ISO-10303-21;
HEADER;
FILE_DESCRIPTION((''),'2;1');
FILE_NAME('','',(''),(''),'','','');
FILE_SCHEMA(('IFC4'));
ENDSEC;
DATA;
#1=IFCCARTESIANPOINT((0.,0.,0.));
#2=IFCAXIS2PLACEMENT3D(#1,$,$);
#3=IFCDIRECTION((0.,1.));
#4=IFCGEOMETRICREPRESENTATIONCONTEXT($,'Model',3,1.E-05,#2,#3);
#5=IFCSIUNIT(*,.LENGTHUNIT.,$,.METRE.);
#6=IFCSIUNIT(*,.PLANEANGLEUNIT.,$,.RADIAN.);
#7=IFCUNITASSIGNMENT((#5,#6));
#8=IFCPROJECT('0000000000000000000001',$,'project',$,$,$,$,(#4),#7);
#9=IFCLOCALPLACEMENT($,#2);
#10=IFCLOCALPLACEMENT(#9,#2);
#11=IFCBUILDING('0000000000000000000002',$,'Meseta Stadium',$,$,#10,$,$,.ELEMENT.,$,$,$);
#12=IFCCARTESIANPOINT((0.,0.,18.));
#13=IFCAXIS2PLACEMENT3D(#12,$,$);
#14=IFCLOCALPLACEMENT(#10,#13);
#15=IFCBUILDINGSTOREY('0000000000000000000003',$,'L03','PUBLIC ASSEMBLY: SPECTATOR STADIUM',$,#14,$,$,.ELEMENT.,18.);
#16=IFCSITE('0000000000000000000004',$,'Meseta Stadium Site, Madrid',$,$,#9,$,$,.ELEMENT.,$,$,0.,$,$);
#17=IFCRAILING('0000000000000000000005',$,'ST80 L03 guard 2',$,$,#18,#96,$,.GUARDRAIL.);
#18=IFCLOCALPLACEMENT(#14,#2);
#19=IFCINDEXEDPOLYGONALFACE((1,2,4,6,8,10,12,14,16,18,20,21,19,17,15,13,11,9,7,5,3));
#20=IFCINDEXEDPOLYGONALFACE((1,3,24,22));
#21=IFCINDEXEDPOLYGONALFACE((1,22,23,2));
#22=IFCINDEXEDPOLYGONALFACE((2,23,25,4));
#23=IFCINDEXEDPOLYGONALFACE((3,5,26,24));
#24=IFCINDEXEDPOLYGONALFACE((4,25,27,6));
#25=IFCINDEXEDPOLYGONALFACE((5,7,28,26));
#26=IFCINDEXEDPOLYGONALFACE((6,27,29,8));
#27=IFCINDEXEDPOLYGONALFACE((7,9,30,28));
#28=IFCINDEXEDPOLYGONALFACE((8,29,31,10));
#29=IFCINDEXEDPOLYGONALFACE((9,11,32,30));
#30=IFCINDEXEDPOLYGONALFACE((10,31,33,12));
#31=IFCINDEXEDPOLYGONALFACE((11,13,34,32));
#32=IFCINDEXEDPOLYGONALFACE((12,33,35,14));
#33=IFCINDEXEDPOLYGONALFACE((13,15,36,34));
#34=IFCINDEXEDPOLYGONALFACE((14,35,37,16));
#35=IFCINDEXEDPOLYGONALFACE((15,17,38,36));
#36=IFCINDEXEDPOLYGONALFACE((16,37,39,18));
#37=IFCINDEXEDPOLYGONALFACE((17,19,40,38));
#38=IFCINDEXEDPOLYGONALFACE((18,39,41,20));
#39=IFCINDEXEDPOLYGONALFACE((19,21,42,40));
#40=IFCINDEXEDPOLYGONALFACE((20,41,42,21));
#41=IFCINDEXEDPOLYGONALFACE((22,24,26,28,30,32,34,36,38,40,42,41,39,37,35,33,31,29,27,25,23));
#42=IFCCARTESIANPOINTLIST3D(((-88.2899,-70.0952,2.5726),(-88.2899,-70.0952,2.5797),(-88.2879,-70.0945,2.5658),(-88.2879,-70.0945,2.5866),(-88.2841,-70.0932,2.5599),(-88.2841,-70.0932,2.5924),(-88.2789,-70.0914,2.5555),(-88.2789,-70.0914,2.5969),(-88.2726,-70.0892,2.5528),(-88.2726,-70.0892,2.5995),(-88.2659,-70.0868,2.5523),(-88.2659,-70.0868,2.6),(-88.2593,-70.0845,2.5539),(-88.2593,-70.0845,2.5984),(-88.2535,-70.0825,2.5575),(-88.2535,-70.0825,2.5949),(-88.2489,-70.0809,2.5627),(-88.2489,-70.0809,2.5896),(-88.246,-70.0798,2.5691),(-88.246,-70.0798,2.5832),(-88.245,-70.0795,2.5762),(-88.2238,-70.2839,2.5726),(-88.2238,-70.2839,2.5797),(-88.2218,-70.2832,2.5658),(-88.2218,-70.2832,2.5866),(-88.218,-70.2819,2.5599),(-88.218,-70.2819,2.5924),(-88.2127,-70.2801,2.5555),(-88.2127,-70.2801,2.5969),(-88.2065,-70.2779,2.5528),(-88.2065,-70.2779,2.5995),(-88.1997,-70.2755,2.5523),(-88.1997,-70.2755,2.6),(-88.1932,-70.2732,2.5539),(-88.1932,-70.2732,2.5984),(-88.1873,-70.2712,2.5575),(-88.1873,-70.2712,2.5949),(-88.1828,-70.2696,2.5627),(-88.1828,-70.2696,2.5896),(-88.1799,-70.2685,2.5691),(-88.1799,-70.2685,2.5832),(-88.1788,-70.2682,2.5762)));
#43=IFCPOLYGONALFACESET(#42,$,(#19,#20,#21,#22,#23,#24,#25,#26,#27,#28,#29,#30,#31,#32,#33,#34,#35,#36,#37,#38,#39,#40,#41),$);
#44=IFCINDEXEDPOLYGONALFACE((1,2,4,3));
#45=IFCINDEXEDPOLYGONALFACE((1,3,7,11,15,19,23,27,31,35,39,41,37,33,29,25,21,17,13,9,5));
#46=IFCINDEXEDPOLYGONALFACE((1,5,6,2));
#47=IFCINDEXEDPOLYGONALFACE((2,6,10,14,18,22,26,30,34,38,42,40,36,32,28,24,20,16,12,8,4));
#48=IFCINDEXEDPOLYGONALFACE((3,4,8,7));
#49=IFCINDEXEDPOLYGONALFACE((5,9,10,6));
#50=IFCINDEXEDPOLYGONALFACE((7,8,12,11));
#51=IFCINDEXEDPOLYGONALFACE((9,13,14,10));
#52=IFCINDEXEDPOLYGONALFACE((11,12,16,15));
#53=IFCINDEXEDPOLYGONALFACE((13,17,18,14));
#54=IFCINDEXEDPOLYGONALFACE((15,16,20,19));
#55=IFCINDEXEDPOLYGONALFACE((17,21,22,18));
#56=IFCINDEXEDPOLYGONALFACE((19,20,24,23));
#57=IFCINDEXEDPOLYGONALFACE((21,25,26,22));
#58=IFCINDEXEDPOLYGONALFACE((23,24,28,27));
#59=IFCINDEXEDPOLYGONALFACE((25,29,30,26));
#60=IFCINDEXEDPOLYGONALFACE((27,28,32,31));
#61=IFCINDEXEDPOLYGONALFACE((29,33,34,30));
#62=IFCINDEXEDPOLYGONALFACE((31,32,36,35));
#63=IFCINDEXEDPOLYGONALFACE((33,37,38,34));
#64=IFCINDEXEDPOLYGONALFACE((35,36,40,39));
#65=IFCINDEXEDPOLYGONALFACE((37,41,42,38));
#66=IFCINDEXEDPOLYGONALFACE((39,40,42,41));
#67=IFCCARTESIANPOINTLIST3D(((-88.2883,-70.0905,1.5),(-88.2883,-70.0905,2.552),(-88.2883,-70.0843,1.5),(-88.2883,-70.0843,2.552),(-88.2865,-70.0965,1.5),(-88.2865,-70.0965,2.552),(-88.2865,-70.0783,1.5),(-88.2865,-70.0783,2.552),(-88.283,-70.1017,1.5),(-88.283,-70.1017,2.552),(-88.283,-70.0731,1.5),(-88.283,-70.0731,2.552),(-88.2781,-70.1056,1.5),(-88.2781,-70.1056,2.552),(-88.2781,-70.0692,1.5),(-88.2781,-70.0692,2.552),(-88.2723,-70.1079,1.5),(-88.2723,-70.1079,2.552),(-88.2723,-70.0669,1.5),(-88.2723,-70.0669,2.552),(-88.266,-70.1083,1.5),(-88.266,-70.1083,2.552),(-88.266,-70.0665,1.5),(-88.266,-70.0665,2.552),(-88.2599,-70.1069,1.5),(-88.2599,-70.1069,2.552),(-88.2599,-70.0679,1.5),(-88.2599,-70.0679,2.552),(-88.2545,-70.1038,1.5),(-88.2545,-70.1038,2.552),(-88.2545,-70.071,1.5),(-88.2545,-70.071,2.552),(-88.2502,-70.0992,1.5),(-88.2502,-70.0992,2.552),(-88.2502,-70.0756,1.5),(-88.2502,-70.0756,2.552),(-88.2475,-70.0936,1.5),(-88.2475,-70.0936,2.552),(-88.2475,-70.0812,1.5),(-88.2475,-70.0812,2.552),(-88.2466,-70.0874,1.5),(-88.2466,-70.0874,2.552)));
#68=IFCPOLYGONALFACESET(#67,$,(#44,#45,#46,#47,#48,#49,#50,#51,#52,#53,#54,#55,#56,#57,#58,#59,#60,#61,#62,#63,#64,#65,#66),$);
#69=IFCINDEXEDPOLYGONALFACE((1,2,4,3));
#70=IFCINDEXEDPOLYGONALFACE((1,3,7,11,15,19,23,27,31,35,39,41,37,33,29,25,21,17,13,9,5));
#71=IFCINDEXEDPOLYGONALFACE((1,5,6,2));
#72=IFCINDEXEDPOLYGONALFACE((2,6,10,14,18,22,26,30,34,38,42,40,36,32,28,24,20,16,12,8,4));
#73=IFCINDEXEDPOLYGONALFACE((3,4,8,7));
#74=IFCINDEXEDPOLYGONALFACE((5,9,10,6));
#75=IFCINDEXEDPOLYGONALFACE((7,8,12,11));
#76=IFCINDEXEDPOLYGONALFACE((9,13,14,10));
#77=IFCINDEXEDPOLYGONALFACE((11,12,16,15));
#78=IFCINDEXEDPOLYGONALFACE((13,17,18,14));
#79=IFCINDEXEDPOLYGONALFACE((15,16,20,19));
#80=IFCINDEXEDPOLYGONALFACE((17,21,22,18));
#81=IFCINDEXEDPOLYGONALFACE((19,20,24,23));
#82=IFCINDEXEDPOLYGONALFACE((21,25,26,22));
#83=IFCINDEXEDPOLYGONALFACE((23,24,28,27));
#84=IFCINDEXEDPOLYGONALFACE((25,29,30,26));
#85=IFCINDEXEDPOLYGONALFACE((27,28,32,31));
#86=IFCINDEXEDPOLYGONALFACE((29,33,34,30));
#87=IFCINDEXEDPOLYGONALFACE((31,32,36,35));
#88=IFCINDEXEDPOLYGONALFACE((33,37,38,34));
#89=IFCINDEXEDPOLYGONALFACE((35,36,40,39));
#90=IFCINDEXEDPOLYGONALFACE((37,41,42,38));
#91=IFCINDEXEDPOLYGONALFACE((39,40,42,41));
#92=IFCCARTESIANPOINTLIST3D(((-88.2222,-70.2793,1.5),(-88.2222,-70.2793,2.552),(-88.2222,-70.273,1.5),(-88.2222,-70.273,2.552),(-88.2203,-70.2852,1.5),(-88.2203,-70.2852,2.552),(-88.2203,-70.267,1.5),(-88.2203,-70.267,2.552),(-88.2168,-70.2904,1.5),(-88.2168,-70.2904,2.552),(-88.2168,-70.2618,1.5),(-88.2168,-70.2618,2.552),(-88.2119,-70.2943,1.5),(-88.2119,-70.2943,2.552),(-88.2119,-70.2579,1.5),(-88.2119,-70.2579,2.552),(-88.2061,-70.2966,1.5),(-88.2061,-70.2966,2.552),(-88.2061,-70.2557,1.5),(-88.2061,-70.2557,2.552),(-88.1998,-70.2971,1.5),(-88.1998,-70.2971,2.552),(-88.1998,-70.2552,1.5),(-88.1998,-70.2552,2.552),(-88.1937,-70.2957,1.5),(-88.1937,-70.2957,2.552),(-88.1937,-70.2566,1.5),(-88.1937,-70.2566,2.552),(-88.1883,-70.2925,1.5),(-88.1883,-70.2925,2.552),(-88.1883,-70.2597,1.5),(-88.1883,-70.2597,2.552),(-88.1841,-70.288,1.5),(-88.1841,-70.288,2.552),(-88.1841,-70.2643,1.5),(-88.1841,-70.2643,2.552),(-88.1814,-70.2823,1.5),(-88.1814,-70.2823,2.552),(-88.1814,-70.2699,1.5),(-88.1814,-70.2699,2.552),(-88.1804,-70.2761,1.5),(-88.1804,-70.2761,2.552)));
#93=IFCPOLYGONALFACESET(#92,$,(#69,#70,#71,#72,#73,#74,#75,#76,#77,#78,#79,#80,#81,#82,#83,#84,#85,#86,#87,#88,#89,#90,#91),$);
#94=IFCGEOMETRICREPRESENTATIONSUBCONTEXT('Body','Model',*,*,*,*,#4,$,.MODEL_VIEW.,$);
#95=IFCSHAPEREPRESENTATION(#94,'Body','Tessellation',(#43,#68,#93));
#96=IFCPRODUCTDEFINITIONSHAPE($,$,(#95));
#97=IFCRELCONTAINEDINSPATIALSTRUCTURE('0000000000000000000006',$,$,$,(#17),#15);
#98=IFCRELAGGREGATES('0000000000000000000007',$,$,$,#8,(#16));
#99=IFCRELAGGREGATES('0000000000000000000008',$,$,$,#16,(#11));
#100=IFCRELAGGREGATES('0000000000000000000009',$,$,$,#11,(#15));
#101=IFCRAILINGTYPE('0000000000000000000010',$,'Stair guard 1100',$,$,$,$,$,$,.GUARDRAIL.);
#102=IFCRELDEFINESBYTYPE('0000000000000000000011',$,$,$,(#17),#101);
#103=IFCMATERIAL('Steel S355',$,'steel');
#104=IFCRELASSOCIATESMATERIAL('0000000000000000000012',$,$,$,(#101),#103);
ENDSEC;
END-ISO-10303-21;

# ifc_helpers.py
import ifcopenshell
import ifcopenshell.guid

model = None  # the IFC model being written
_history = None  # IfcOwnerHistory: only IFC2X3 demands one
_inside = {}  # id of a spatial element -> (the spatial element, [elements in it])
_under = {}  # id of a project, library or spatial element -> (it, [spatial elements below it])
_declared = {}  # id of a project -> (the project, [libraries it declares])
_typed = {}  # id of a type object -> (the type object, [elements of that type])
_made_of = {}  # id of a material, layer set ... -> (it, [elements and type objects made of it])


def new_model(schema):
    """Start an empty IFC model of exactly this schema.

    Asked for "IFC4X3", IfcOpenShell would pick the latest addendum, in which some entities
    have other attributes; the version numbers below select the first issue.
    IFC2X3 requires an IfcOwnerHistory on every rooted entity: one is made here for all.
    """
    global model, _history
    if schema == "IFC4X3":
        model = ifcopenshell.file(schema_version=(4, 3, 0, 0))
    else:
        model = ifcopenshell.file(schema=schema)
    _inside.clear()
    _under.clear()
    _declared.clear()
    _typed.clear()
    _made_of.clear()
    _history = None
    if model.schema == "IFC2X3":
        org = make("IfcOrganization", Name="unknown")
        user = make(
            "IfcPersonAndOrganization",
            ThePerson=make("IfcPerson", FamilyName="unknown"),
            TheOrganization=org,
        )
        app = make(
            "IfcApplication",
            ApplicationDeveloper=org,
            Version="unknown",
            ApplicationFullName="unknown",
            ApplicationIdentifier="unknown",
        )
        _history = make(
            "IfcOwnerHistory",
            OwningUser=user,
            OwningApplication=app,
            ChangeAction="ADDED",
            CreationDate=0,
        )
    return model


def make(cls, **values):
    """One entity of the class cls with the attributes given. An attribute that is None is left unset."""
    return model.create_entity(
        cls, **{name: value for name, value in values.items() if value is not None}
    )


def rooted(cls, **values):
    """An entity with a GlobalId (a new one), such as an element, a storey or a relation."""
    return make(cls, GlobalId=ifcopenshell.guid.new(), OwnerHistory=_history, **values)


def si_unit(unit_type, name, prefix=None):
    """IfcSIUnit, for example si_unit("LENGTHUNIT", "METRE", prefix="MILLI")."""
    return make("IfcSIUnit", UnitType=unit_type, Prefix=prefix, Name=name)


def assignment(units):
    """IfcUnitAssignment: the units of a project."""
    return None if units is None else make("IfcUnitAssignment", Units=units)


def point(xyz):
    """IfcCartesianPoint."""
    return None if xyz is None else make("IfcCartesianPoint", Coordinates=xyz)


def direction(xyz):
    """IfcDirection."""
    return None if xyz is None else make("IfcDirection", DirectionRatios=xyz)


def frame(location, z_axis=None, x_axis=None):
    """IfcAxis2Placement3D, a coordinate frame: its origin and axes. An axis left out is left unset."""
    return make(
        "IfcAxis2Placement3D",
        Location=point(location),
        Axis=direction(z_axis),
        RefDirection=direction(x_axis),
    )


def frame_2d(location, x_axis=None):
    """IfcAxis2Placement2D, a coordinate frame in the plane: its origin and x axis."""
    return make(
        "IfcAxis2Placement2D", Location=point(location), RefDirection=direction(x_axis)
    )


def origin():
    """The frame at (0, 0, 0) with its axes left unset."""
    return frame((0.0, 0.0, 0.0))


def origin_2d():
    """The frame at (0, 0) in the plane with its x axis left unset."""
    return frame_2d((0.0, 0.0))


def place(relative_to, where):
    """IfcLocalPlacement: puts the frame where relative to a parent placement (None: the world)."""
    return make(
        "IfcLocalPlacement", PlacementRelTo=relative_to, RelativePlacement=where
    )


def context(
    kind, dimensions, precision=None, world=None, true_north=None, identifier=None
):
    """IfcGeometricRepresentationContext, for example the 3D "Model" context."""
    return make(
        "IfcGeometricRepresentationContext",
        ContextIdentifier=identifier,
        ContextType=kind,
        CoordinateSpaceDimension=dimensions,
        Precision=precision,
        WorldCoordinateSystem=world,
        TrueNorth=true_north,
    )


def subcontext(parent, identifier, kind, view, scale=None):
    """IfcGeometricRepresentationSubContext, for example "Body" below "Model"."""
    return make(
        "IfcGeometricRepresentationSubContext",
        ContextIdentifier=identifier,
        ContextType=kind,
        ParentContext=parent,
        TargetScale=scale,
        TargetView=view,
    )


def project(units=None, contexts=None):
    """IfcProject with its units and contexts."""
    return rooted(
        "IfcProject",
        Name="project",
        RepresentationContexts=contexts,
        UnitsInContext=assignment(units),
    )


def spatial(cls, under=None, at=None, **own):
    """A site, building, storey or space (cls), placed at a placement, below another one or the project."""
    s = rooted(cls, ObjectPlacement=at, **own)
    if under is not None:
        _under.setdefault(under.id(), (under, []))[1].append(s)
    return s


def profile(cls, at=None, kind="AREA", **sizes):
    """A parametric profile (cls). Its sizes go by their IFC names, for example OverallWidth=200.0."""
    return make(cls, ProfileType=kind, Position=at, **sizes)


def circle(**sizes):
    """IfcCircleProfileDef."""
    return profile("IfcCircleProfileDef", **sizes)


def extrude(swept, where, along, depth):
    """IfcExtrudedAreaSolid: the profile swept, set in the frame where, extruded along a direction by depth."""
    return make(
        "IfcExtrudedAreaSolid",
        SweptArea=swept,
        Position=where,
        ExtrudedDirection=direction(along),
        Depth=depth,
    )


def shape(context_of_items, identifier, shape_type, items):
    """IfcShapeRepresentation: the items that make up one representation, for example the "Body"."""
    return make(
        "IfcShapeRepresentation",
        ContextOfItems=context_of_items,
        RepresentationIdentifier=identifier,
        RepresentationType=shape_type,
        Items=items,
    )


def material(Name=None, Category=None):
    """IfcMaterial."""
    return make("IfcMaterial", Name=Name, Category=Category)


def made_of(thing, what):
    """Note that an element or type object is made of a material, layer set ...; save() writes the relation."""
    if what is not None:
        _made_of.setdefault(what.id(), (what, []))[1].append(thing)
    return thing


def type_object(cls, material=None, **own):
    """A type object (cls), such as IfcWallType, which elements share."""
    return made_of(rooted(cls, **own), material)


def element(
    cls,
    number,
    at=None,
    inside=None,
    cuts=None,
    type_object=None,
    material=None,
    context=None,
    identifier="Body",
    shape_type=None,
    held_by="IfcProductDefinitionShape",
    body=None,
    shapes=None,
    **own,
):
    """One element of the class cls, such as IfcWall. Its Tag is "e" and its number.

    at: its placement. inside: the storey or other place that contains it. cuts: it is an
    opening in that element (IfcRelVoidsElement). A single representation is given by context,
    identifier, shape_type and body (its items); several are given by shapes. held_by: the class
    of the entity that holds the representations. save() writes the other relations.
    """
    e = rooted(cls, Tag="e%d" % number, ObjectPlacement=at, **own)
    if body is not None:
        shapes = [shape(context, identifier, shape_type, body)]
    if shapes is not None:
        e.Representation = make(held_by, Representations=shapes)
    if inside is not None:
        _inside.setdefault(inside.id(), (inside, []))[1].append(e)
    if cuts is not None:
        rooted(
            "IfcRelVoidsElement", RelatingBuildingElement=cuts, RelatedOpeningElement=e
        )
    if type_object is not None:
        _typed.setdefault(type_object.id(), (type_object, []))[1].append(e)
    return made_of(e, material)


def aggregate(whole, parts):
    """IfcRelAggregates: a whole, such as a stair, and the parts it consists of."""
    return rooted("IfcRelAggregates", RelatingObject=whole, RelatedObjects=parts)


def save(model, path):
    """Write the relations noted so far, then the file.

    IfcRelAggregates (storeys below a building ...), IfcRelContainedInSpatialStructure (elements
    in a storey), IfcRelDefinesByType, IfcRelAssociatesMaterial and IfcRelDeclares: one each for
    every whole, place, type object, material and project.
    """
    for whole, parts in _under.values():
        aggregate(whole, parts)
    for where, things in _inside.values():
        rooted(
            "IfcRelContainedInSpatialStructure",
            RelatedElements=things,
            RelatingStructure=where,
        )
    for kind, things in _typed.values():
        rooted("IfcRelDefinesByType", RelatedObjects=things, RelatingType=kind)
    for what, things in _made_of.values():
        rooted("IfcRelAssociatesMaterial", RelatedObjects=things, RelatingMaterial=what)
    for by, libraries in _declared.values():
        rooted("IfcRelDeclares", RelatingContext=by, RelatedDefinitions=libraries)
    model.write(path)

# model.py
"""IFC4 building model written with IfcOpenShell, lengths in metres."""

from ifc_helpers import new_model, si_unit, direction, frame, origin, origin_2d, place, context, subcontext, project, spatial, circle, extrude, material, type_object, element, save


model = new_model("IFC4")

# Units and contexts
model_context = context("Model", 3, precision=1e-05, world=origin(), true_north=direction((0.0, 1.0)))
body_context = subcontext(model_context, "Body", "Model", "MODEL_VIEW")
ifc_project = project(units=[si_unit("LENGTHUNIT", "METRE"), si_unit("PLANEANGLEUNIT", "RADIAN")], contexts=[model_context])

# Site, building, storey
site_placement = place(None, origin())
site = spatial("IfcSite", under=ifc_project, at=site_placement, Name="Meseta Stadium Site, Madrid", CompositionType="ELEMENT", RefElevation=0.0)
building_placement = place(site_placement, origin())
building = spatial("IfcBuilding", under=site, at=building_placement, Name="Meseta Stadium", CompositionType="ELEMENT")
storey_placement = place(building_placement, frame((0.0, 0.0, 18.0)))
storey = spatial("IfcBuildingStorey", under=building, at=storey_placement, Name="L03", Description="PUBLIC ASSEMBLY: SPECTATOR STADIUM", CompositionType="ELEMENT", Elevation=18.0)

# Railing
ifc_material_1 = material(Name="Steel S355", Category="steel")
railing_type_1 = type_object("IfcRailingType", Name="Stair guard 1100", PredefinedType="GUARDRAIL", material=ifc_material_1)
railing_1_placement = place(storey_placement, frame((-88.2676, -70.0874, 1.5)))
element("IfcRailing", 1, at=railing_1_placement, inside=storey, type_object=railing_type_1, Name="ST80 L03 guard 2", PredefinedType="GUARDRAIL", context=body_context, shape_type="SweptSolid", body=[
    extrude(circle(Radius=0.0239, at=origin_2d()), frame((0.0, 0.0, 1.0762), z_axis=(0.33084, -0.943687, 0.0), x_axis=(0.943687, 0.33084, 0.0)), (0.0, 0.0, 1.0), 0.2),
    extrude(circle(Radius=0.021, at=origin_2d()), origin(), (0.0, 0.0, 1.0), 1.052),
    extrude(circle(Radius=0.021, at=origin_2d()), frame((0.0662, -0.1887, 0.0)), (0.0, 0.0, 1.0), 1.052),
])

save(model, "model.ifc")
